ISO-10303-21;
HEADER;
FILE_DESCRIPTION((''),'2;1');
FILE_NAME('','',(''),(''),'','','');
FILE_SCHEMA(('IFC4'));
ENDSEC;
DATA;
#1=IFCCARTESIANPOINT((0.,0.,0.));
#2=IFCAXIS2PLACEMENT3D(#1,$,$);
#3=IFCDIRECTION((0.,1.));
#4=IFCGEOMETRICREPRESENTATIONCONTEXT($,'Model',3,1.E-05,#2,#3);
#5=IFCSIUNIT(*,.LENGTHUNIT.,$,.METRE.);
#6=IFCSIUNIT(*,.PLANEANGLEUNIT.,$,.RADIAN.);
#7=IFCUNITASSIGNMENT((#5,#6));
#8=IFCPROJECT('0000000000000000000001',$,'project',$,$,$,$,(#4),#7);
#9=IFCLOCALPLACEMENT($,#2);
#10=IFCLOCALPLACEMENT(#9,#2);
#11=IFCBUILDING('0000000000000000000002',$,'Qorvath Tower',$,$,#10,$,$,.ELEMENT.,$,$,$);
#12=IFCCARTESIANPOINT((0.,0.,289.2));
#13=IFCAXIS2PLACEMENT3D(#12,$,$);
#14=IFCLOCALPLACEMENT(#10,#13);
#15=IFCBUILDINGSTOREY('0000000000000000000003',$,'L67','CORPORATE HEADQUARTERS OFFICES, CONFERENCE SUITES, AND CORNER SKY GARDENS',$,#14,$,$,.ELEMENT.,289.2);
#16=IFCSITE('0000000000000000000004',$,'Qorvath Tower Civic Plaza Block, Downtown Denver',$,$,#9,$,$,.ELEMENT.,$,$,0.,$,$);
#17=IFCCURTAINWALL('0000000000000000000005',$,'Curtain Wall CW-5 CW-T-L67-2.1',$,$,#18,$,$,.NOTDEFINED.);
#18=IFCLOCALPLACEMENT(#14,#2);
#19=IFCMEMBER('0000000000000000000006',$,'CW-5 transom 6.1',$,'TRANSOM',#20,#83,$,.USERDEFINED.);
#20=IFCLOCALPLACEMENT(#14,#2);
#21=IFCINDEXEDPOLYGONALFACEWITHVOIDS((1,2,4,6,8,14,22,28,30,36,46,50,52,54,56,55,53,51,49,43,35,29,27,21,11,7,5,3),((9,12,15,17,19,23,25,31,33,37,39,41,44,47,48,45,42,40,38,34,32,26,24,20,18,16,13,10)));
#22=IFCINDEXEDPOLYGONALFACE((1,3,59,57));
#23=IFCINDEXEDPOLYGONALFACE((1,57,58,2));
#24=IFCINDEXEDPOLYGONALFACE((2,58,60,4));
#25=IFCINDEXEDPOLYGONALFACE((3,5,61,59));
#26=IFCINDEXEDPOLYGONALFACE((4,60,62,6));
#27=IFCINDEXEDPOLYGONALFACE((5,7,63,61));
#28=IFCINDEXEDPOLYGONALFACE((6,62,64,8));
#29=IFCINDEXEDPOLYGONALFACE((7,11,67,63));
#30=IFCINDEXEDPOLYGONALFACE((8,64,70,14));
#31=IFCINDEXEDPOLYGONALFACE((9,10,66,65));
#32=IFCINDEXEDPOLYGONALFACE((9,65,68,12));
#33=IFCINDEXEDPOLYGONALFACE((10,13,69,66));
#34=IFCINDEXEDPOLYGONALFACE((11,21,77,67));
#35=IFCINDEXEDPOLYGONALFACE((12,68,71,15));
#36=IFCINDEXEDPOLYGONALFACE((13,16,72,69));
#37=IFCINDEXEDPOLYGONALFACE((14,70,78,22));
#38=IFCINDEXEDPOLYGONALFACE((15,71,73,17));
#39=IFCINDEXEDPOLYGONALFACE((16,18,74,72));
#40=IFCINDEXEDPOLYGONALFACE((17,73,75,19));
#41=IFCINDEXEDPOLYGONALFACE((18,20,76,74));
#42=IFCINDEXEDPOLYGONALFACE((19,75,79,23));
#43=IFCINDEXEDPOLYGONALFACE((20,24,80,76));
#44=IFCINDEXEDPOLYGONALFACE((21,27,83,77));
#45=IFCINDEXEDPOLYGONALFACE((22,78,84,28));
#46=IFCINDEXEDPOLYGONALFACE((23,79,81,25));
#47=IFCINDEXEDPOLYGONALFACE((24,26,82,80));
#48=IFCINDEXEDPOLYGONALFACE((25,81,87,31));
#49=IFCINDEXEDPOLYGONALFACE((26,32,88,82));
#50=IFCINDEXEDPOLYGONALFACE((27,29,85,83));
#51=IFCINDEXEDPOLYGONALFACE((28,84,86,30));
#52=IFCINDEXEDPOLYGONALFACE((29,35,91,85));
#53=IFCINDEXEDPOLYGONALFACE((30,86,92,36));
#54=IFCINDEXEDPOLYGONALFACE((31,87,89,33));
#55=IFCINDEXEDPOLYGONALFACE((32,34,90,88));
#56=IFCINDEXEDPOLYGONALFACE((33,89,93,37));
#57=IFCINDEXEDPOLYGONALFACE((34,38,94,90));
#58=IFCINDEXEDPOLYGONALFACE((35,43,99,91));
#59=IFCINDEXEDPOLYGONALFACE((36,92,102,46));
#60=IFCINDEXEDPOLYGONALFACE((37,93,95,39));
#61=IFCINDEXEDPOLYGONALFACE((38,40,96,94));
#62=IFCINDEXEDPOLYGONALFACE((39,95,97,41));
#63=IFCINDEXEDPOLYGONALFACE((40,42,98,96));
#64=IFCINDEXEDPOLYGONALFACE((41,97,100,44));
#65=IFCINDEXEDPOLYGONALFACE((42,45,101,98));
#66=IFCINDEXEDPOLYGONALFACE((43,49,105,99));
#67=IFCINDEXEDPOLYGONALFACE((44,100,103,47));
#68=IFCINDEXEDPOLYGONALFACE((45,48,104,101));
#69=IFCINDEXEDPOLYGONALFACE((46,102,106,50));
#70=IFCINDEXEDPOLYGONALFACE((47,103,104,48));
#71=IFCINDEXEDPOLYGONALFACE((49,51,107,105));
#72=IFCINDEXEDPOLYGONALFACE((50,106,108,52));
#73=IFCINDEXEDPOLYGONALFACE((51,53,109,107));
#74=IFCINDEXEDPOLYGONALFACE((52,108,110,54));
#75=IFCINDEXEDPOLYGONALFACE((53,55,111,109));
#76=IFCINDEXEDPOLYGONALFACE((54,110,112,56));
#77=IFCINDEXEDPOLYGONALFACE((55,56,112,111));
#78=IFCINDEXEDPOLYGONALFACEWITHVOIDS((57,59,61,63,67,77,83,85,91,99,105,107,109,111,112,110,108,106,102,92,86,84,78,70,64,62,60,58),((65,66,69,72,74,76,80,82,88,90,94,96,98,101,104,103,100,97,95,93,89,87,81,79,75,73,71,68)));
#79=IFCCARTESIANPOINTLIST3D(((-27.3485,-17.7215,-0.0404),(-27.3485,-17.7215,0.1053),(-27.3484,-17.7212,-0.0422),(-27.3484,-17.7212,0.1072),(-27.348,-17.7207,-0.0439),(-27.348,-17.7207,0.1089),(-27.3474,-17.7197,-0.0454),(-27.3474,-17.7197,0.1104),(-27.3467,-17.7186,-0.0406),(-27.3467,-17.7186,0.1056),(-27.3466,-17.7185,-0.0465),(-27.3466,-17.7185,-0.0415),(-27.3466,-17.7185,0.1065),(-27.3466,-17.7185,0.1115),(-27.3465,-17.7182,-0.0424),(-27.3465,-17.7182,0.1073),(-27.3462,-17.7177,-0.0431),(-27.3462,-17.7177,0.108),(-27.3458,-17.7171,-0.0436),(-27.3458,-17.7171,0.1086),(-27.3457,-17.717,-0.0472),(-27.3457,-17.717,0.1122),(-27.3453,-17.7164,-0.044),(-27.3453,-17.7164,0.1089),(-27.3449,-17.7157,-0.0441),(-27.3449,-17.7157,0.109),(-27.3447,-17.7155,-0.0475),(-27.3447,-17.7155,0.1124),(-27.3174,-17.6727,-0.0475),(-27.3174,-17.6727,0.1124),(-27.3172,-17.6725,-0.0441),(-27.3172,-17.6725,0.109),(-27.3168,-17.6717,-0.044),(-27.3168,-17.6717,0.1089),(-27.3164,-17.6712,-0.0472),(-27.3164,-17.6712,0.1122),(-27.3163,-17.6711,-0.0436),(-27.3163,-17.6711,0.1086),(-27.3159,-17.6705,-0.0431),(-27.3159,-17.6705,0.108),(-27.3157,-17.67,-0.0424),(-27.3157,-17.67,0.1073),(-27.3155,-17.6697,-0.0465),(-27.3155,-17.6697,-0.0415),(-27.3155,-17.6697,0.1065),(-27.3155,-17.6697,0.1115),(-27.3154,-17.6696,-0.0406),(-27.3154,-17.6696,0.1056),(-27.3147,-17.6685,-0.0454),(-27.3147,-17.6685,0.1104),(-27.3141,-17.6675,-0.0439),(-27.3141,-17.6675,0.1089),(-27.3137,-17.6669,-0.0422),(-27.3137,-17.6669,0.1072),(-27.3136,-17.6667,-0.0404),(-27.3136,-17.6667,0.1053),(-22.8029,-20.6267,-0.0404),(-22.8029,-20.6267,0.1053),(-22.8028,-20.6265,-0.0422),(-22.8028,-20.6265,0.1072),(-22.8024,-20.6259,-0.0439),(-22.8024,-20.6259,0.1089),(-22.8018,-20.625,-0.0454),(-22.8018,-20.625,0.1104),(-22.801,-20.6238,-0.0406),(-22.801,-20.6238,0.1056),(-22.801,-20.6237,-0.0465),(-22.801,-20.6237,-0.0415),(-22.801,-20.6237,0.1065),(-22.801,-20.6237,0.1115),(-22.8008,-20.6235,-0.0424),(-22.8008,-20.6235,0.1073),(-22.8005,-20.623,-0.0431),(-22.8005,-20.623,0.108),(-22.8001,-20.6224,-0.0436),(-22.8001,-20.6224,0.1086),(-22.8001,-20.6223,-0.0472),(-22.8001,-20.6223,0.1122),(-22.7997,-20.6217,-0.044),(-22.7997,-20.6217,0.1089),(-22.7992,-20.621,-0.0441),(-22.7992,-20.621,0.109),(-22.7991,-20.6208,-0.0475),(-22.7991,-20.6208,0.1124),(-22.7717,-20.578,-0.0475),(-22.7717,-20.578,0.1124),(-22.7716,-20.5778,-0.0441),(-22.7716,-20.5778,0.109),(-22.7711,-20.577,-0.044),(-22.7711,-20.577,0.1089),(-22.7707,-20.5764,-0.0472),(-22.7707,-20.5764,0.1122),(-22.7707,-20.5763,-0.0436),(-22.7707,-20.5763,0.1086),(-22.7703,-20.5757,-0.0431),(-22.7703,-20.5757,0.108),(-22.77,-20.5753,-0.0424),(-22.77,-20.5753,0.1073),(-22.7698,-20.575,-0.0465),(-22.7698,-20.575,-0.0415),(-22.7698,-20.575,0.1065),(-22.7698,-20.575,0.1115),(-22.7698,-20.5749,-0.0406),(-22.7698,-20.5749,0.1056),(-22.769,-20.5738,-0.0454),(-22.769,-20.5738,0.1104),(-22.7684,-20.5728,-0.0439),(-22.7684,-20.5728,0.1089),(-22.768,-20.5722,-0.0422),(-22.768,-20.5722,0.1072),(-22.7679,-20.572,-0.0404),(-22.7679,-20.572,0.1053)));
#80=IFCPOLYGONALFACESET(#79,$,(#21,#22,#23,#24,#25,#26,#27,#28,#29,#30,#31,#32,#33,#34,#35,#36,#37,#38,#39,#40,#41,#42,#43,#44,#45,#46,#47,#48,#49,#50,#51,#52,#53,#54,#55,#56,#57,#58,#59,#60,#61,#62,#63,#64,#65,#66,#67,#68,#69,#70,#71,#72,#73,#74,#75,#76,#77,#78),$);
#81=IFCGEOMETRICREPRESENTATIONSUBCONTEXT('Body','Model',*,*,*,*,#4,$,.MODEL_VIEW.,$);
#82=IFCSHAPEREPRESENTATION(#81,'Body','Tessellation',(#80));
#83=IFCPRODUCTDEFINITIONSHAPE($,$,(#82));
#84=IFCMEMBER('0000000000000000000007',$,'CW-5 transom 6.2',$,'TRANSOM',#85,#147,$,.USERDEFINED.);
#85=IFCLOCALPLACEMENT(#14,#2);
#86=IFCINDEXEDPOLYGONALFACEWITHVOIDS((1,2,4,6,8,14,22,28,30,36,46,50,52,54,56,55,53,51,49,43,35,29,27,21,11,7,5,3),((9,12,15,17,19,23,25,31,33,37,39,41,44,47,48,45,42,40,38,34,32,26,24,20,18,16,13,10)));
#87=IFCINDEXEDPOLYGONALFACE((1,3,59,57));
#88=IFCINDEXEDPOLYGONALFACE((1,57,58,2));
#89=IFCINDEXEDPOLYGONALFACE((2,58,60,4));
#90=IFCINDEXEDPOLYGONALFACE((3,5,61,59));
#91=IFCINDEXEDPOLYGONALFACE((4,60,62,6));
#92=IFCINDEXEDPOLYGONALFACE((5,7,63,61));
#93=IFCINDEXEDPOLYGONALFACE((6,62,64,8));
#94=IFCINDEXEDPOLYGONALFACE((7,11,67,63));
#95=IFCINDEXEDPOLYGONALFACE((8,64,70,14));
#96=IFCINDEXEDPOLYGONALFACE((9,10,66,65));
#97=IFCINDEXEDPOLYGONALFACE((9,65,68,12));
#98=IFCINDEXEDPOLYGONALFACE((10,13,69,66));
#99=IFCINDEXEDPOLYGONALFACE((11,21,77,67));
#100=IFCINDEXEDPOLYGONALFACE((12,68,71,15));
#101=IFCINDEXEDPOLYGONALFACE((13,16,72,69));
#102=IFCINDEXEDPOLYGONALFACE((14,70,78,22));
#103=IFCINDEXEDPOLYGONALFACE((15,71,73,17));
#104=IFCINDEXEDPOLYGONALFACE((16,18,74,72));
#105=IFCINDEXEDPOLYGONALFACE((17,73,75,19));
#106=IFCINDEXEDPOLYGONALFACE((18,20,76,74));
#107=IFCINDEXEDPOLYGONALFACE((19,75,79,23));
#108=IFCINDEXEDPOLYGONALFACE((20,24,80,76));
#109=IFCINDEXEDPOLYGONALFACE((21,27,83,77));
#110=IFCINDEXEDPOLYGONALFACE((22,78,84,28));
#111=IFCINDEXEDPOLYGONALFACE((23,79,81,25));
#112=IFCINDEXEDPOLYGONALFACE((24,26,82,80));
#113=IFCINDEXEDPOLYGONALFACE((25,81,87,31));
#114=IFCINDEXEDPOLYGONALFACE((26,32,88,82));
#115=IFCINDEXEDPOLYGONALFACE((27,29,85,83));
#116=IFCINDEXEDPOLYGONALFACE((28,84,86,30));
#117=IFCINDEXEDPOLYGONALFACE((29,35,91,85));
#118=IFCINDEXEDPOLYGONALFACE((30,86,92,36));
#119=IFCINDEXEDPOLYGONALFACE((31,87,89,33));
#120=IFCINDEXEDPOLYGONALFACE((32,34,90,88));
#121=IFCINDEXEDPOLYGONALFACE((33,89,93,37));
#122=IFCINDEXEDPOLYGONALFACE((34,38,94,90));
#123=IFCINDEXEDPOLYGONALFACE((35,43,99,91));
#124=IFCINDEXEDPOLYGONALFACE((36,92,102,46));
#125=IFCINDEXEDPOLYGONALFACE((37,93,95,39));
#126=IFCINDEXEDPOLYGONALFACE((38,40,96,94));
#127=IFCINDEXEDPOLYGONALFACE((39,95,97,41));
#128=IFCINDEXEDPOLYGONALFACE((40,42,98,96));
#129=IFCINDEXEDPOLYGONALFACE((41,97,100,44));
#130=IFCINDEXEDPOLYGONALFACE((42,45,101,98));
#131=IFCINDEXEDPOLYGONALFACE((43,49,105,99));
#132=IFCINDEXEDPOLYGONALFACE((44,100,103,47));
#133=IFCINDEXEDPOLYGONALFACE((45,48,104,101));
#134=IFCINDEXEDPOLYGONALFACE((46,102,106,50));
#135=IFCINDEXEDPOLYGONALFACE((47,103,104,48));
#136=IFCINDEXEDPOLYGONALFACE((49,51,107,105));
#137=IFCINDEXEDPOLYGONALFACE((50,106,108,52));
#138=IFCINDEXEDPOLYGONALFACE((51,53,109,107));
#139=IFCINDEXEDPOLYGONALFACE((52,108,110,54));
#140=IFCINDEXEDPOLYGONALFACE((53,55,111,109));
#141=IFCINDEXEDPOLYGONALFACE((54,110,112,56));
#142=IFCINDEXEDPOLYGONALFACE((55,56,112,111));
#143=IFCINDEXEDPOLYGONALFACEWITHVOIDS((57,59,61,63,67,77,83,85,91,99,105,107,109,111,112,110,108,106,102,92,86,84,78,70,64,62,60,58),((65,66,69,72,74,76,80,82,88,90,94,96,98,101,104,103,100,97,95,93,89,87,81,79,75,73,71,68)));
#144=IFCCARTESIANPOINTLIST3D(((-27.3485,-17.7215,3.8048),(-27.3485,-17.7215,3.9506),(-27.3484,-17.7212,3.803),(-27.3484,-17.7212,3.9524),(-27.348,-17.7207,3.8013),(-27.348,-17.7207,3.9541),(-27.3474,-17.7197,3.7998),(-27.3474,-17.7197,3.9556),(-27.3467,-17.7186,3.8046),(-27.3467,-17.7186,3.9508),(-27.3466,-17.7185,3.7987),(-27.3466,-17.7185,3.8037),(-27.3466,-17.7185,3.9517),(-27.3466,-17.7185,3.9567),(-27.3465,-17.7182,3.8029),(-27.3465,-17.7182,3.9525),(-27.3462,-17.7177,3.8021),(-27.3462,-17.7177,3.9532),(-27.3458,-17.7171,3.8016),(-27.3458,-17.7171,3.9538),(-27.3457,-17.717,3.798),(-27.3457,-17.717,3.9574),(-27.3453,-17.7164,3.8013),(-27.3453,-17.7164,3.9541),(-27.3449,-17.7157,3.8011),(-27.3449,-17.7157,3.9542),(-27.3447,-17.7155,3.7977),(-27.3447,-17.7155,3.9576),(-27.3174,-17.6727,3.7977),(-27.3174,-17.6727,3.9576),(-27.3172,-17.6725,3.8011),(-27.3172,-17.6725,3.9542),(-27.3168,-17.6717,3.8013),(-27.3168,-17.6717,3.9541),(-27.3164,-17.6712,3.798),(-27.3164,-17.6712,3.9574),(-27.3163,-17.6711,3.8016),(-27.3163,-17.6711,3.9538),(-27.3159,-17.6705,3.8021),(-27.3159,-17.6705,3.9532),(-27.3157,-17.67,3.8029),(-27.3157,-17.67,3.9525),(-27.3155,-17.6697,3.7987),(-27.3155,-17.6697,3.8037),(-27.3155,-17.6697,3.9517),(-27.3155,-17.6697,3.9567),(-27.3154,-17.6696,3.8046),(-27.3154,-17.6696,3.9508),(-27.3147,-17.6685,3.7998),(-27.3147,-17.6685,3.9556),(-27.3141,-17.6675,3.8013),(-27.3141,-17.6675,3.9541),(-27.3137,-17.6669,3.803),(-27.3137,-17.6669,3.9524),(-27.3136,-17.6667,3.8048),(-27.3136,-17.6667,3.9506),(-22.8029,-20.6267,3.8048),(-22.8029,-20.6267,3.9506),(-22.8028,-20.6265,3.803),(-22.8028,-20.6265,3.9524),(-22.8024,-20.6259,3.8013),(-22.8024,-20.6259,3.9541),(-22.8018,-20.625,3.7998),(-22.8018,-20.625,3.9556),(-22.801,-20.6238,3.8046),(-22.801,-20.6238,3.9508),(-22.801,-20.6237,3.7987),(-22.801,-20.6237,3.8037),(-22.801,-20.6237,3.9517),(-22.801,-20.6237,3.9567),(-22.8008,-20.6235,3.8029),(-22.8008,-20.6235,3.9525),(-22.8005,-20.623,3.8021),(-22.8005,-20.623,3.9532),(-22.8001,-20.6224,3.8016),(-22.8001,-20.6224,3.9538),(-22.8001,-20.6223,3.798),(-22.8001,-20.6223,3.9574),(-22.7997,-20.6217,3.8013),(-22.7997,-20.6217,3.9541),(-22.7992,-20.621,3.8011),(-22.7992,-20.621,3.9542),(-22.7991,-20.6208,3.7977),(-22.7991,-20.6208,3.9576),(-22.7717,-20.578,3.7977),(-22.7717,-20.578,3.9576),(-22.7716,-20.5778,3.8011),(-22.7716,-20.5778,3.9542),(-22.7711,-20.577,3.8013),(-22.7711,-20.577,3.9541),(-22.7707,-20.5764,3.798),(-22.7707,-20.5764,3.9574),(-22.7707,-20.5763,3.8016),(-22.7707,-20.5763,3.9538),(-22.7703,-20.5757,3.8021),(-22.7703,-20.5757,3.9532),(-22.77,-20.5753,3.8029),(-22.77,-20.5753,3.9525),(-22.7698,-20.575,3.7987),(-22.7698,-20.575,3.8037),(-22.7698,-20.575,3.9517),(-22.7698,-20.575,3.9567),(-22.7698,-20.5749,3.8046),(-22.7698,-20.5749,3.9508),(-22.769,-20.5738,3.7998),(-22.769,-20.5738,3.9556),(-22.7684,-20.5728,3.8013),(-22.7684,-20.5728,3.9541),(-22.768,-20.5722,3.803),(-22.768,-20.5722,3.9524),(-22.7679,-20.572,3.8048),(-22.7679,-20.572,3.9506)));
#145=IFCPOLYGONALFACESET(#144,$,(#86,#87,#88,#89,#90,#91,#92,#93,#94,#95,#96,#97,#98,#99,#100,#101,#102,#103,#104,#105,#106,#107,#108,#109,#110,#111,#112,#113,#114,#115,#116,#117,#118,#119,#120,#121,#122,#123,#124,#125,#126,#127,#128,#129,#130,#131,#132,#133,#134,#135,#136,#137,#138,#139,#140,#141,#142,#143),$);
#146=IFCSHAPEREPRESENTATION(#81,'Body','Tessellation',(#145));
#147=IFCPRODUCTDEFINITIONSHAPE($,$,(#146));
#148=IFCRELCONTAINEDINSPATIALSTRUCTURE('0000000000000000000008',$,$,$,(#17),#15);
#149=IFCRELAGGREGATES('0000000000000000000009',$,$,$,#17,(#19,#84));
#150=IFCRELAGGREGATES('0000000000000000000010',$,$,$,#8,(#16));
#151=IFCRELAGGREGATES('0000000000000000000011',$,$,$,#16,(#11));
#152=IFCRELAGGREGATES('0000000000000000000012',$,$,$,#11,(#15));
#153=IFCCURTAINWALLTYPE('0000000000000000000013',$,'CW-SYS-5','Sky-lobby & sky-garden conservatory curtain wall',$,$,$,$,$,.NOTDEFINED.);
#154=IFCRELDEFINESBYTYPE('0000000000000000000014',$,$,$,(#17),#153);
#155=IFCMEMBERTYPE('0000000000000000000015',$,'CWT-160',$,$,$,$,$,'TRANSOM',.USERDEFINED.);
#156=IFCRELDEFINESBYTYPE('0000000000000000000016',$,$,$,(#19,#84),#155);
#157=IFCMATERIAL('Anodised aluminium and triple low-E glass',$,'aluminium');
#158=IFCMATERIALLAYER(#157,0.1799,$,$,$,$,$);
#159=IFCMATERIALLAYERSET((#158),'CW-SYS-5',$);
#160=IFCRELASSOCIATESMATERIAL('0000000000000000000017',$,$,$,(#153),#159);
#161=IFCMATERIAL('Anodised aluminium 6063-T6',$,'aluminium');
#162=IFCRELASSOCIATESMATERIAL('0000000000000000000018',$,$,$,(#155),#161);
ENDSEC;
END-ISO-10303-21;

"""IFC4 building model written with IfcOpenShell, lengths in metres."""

from ifc_helpers import new_model, si_unit, direction, frame, origin, origin_2d, place, context, subcontext, project, spatial, hollow_rectangle, extrude, material, layer, layer_set, material_profile, profile_set, type_object, element, aggregate, save


model = new_model("IFC4")

# Units and contexts
model_context = context("Model", 3, precision=1e-05, world=origin(), true_north=direction((0.0, 1.0)))
body_context = subcontext(model_context, "Body", "Model", "MODEL_VIEW")
ifc_project = project(units=[si_unit("LENGTHUNIT", "METRE"), si_unit("PLANEANGLEUNIT", "RADIAN")], contexts=[model_context])

# Site, building, storey
site_placement = place(None, origin())
site = spatial("IfcSite", under=ifc_project, at=site_placement, Name="Qorvath Tower Civic Plaza Block, Downtown Denver", CompositionType="ELEMENT", RefElevation=0.0)
building_placement = place(site_placement, origin())
building = spatial("IfcBuilding", under=site, at=building_placement, Name="Qorvath Tower", CompositionType="ELEMENT")
storey_placement = place(building_placement, frame((0.0, 0.0, 289.2)))
storey = spatial("IfcBuildingStorey", under=building, at=storey_placement, Name="L67", Description="CORPORATE HEADQUARTERS OFFICES, CONFERENCE SUITES, AND CORNER SKY GARDENS", CompositionType="ELEMENT", Elevation=289.2)

# Curtain wall, members
ifc_material_1 = material(Name="Anodised aluminium and triple low-E glass", Category="aluminium")
ifc_layer_1 = layer(ifc_material_1, 0.1799)
ifc_layer_set_1 = layer_set([ifc_layer_1], Name="CW-SYS-5")
curtain_wall_type = type_object("IfcCurtainWallType", Name="CW-SYS-5", Description="Sky-lobby & sky-garden conservatory curtain wall", PredefinedType="NOTDEFINED", material=ifc_layer_set_1)
curtain_wall_placement = place(storey_placement, origin())
curtain_wall = element("IfcCurtainWall", 1, at=curtain_wall_placement, inside=storey, type_object=curtain_wall_type, Name="Curtain Wall CW-5 CW-T-L67-2.1", PredefinedType="NOTDEFINED")
ifc_material_2 = material(Name="Anodised aluminium 6063-T6", Category="aluminium")
ifc_material_profile_1 = material_profile(ifc_material_2, hollow_rectangle(XDim=0.0649, YDim=0.1599, WallThickness=0.0034, InnerFilletRadius=0.0034, OuterFilletRadius=0.0071, at=origin_2d()), Name="CWT 160x65")
ifc_profile_set_1 = profile_set([ifc_material_profile_1], Name="Anodised aluminium 6063-T6")
member_type_1 = type_object("IfcMemberType", Name="CWT-160", ElementType="TRANSOM", PredefinedType="USERDEFINED", material=ifc_profile_set_1)
member_1_placement = place(storey_placement, frame((-27.3311, -17.6941, 0.0325), z_axis=(0.842603, -0.538535, 0.0), x_axis=(0.538535, 0.842603, 0.0)))
member_1 = element("IfcMember", 2, at=member_1_placement, type_object=member_type_1, Name="CW-5 transom 6.1", ObjectType="TRANSOM", PredefinedType="USERDEFINED", context=body_context, shape_type="SweptSolid", body=[
    extrude(hollow_rectangle(XDim=0.0649, YDim=0.1599, WallThickness=0.0034, InnerFilletRadius=0.0034, OuterFilletRadius=0.0071, at=origin_2d()), origin(), (0.0, 0.0, 1.0), 5.3948),
])
member_2_placement = place(storey_placement, frame((-27.3311, -17.6941, 3.8777), z_axis=(0.842603, -0.538535, 0.0), x_axis=(0.538535, 0.842603, 0.0)))
member_2 = element("IfcMember", 3, at=member_2_placement, type_object=member_type_1, Name="CW-5 transom 6.2", ObjectType="TRANSOM", PredefinedType="USERDEFINED", context=body_context, shape_type="SweptSolid", body=[
    extrude(hollow_rectangle(XDim=0.0649, YDim=0.1599, WallThickness=0.0034, InnerFilletRadius=0.0034, OuterFilletRadius=0.0071, at=origin_2d()), origin(), (0.0, 0.0, 1.0), 5.3948),
])
aggregate(curtain_wall, [member_1, member_2])

save(model, "model.ifc")
